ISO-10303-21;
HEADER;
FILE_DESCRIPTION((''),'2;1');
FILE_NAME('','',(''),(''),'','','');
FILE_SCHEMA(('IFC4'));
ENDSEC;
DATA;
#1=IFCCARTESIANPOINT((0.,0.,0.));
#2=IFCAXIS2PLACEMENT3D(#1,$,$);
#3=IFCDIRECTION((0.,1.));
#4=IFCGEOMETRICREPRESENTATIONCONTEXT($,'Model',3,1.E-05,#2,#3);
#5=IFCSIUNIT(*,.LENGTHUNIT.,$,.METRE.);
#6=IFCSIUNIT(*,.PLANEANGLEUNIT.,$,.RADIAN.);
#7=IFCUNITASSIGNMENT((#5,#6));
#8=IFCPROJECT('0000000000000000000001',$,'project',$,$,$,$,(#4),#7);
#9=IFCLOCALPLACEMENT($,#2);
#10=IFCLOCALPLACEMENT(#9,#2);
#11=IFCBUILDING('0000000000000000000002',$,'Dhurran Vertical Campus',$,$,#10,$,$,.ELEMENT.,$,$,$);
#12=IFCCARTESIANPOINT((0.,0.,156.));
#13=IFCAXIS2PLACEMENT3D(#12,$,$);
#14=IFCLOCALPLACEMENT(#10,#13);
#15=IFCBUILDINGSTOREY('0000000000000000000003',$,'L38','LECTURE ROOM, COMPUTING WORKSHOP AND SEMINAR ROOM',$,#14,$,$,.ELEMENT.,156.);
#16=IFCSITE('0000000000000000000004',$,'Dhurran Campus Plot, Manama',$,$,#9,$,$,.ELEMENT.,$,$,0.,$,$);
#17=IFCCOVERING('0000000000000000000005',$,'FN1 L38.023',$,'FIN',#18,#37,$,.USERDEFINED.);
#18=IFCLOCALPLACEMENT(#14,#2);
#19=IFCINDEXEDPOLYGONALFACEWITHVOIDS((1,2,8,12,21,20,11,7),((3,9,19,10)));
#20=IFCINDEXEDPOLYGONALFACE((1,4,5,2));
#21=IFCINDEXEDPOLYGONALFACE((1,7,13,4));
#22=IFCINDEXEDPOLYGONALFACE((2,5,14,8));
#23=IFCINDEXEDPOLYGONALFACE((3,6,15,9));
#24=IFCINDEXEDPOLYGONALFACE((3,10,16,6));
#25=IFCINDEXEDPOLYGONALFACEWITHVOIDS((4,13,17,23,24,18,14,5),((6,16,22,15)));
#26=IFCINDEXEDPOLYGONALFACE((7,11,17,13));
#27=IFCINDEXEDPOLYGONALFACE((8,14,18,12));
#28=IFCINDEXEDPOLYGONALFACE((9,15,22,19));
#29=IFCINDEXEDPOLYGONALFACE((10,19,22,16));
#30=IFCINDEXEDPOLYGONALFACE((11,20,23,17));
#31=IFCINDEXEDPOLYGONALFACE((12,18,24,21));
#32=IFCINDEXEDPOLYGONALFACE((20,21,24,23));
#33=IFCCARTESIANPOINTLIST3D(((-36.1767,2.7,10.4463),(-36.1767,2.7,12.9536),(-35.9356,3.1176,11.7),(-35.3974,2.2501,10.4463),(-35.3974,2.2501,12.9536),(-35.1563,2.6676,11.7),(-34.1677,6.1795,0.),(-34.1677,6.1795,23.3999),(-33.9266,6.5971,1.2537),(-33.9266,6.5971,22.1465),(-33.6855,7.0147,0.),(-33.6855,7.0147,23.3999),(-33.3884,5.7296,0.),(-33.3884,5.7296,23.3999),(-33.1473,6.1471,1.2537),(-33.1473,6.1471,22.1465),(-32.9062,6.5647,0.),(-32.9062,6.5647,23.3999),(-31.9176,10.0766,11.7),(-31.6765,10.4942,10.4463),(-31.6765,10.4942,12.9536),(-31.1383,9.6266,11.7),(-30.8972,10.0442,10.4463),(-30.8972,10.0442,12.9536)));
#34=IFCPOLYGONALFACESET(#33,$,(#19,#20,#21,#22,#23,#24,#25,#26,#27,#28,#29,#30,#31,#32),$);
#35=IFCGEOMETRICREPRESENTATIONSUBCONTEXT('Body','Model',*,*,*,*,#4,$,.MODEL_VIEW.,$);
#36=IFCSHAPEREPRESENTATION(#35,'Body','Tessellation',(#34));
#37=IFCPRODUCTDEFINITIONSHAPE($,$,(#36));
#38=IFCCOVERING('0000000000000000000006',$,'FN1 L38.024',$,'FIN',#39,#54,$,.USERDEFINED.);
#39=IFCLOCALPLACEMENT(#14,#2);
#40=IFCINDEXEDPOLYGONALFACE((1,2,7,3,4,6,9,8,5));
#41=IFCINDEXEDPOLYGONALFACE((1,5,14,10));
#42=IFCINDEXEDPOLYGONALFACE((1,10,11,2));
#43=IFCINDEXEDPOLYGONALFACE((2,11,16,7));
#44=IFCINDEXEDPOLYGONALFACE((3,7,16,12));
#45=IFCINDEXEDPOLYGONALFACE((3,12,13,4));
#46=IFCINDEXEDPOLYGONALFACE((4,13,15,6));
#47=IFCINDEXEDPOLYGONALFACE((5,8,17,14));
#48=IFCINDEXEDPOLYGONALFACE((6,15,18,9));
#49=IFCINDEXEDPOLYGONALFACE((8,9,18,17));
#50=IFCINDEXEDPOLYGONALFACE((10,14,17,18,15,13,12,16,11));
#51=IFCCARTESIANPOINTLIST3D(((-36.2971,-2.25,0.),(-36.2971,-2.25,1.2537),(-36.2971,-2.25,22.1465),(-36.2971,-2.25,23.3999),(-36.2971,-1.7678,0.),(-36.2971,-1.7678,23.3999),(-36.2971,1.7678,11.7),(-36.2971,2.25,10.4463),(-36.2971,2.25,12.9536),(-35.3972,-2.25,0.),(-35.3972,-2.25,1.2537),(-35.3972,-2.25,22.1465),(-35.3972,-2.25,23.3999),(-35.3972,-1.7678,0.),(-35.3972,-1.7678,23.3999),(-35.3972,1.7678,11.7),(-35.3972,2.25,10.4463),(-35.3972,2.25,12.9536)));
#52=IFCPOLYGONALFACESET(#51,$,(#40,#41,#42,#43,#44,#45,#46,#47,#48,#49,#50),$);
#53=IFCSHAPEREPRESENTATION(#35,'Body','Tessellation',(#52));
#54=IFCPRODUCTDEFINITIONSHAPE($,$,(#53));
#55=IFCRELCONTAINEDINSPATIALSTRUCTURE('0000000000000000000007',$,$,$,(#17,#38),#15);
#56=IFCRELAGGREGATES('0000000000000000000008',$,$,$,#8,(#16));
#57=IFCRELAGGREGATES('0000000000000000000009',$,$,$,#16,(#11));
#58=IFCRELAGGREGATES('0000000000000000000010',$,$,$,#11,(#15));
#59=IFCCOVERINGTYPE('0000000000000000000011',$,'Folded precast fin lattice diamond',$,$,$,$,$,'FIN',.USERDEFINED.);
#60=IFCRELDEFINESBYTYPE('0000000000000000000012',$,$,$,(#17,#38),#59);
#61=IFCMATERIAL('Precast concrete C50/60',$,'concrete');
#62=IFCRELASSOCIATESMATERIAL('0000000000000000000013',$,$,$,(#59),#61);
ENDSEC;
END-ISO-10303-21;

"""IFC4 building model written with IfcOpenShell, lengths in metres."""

from ifc_helpers import new_model, si_unit, direction, frame, origin, place, context, subcontext, project, spatial, polyline, outline, extrude, material, type_object, element, save


model = new_model("IFC4")

# Units and contexts
model_context = context("Model", 3, precision=1e-05, world=origin(), true_north=direction((0.0, 1.0)))
body_context = subcontext(model_context, "Body", "Model", "MODEL_VIEW")
ifc_project = project(units=[si_unit("LENGTHUNIT", "METRE"), si_unit("PLANEANGLEUNIT", "RADIAN")], contexts=[model_context])

# Site, building, storey
site_placement = place(None, origin())
site = spatial("IfcSite", under=ifc_project, at=site_placement, Name="Dhurran Campus Plot, Manama", CompositionType="ELEMENT", RefElevation=0.0)
building_placement = place(site_placement, origin())
building = spatial("IfcBuilding", under=site, at=building_placement, Name="Dhurran Vertical Campus", CompositionType="ELEMENT")
storey_placement = place(building_placement, frame((0.0, 0.0, 156.0)))
storey = spatial("IfcBuildingStorey", under=building, at=storey_placement, Name="L38", Description="LECTURE ROOM, COMPUTING WORKSHOP AND SEMINAR ROOM", CompositionType="ELEMENT", Elevation=156.0)

# Coverings
ifc_material_1 = material(Name="Precast concrete C50/60", Category="concrete")
covering_type = type_object("IfcCoveringType", Name="Folded precast fin lattice diamond", ElementType="FIN", PredefinedType="USERDEFINED", material=ifc_material_1)
covering_1_placement = place(storey_placement, frame((-30.8972, 10.0442, 0.0), z_axis=(-0.866014, 0.50002, 0.0), x_axis=(-0.50002, -0.866014, 0.0)))
element("IfcCovering", 1, at=covering_1_placement, inside=storey, type_object=covering_type, Name="FN1 L38.023", ObjectType="FIN", PredefinedType="USERDEFINED", context=body_context, shape_type="SweptSolid", body=[
    extrude(outline(polyline([(9.0, 12.9536), (9.0, 10.4463), (4.9822, 0.0), (4.0178, 0.0), (0.0, 10.4463), (0.0, 12.9536), (4.0178, 23.3999), (4.9822, 23.3999), (9.0, 12.9536)]), holes=[polyline([(8.5178, 11.7), (4.5, 22.1465), (0.4822, 11.7), (4.5, 1.2537), (8.5178, 11.7)])]), origin(), (0.0, 0.0, 1.0), 0.8999),
])
covering_2_placement = place(storey_placement, frame((-35.3972, 2.25, 0.0), z_axis=(-1.0, 0.0, 0.0), x_axis=(0.0, -1.0, 0.0)))
element("IfcCovering", 2, at=covering_2_placement, inside=storey, type_object=covering_type, Name="FN1 L38.024", ObjectType="FIN", PredefinedType="USERDEFINED", context=body_context, shape_type="SweptSolid", body=[
    extrude(outline(polyline([(4.0178, 0.0), (0.0, 10.4463), (0.0, 12.9536), (4.0178, 23.3999), (4.5, 23.3999), (4.5, 22.1465), (0.4822, 11.7), (4.5, 1.2537), (4.5, 0.0), (4.0178, 0.0)])), origin(), (0.0, 0.0, 1.0), 0.8999),
])

save(model, "model.ifc")
